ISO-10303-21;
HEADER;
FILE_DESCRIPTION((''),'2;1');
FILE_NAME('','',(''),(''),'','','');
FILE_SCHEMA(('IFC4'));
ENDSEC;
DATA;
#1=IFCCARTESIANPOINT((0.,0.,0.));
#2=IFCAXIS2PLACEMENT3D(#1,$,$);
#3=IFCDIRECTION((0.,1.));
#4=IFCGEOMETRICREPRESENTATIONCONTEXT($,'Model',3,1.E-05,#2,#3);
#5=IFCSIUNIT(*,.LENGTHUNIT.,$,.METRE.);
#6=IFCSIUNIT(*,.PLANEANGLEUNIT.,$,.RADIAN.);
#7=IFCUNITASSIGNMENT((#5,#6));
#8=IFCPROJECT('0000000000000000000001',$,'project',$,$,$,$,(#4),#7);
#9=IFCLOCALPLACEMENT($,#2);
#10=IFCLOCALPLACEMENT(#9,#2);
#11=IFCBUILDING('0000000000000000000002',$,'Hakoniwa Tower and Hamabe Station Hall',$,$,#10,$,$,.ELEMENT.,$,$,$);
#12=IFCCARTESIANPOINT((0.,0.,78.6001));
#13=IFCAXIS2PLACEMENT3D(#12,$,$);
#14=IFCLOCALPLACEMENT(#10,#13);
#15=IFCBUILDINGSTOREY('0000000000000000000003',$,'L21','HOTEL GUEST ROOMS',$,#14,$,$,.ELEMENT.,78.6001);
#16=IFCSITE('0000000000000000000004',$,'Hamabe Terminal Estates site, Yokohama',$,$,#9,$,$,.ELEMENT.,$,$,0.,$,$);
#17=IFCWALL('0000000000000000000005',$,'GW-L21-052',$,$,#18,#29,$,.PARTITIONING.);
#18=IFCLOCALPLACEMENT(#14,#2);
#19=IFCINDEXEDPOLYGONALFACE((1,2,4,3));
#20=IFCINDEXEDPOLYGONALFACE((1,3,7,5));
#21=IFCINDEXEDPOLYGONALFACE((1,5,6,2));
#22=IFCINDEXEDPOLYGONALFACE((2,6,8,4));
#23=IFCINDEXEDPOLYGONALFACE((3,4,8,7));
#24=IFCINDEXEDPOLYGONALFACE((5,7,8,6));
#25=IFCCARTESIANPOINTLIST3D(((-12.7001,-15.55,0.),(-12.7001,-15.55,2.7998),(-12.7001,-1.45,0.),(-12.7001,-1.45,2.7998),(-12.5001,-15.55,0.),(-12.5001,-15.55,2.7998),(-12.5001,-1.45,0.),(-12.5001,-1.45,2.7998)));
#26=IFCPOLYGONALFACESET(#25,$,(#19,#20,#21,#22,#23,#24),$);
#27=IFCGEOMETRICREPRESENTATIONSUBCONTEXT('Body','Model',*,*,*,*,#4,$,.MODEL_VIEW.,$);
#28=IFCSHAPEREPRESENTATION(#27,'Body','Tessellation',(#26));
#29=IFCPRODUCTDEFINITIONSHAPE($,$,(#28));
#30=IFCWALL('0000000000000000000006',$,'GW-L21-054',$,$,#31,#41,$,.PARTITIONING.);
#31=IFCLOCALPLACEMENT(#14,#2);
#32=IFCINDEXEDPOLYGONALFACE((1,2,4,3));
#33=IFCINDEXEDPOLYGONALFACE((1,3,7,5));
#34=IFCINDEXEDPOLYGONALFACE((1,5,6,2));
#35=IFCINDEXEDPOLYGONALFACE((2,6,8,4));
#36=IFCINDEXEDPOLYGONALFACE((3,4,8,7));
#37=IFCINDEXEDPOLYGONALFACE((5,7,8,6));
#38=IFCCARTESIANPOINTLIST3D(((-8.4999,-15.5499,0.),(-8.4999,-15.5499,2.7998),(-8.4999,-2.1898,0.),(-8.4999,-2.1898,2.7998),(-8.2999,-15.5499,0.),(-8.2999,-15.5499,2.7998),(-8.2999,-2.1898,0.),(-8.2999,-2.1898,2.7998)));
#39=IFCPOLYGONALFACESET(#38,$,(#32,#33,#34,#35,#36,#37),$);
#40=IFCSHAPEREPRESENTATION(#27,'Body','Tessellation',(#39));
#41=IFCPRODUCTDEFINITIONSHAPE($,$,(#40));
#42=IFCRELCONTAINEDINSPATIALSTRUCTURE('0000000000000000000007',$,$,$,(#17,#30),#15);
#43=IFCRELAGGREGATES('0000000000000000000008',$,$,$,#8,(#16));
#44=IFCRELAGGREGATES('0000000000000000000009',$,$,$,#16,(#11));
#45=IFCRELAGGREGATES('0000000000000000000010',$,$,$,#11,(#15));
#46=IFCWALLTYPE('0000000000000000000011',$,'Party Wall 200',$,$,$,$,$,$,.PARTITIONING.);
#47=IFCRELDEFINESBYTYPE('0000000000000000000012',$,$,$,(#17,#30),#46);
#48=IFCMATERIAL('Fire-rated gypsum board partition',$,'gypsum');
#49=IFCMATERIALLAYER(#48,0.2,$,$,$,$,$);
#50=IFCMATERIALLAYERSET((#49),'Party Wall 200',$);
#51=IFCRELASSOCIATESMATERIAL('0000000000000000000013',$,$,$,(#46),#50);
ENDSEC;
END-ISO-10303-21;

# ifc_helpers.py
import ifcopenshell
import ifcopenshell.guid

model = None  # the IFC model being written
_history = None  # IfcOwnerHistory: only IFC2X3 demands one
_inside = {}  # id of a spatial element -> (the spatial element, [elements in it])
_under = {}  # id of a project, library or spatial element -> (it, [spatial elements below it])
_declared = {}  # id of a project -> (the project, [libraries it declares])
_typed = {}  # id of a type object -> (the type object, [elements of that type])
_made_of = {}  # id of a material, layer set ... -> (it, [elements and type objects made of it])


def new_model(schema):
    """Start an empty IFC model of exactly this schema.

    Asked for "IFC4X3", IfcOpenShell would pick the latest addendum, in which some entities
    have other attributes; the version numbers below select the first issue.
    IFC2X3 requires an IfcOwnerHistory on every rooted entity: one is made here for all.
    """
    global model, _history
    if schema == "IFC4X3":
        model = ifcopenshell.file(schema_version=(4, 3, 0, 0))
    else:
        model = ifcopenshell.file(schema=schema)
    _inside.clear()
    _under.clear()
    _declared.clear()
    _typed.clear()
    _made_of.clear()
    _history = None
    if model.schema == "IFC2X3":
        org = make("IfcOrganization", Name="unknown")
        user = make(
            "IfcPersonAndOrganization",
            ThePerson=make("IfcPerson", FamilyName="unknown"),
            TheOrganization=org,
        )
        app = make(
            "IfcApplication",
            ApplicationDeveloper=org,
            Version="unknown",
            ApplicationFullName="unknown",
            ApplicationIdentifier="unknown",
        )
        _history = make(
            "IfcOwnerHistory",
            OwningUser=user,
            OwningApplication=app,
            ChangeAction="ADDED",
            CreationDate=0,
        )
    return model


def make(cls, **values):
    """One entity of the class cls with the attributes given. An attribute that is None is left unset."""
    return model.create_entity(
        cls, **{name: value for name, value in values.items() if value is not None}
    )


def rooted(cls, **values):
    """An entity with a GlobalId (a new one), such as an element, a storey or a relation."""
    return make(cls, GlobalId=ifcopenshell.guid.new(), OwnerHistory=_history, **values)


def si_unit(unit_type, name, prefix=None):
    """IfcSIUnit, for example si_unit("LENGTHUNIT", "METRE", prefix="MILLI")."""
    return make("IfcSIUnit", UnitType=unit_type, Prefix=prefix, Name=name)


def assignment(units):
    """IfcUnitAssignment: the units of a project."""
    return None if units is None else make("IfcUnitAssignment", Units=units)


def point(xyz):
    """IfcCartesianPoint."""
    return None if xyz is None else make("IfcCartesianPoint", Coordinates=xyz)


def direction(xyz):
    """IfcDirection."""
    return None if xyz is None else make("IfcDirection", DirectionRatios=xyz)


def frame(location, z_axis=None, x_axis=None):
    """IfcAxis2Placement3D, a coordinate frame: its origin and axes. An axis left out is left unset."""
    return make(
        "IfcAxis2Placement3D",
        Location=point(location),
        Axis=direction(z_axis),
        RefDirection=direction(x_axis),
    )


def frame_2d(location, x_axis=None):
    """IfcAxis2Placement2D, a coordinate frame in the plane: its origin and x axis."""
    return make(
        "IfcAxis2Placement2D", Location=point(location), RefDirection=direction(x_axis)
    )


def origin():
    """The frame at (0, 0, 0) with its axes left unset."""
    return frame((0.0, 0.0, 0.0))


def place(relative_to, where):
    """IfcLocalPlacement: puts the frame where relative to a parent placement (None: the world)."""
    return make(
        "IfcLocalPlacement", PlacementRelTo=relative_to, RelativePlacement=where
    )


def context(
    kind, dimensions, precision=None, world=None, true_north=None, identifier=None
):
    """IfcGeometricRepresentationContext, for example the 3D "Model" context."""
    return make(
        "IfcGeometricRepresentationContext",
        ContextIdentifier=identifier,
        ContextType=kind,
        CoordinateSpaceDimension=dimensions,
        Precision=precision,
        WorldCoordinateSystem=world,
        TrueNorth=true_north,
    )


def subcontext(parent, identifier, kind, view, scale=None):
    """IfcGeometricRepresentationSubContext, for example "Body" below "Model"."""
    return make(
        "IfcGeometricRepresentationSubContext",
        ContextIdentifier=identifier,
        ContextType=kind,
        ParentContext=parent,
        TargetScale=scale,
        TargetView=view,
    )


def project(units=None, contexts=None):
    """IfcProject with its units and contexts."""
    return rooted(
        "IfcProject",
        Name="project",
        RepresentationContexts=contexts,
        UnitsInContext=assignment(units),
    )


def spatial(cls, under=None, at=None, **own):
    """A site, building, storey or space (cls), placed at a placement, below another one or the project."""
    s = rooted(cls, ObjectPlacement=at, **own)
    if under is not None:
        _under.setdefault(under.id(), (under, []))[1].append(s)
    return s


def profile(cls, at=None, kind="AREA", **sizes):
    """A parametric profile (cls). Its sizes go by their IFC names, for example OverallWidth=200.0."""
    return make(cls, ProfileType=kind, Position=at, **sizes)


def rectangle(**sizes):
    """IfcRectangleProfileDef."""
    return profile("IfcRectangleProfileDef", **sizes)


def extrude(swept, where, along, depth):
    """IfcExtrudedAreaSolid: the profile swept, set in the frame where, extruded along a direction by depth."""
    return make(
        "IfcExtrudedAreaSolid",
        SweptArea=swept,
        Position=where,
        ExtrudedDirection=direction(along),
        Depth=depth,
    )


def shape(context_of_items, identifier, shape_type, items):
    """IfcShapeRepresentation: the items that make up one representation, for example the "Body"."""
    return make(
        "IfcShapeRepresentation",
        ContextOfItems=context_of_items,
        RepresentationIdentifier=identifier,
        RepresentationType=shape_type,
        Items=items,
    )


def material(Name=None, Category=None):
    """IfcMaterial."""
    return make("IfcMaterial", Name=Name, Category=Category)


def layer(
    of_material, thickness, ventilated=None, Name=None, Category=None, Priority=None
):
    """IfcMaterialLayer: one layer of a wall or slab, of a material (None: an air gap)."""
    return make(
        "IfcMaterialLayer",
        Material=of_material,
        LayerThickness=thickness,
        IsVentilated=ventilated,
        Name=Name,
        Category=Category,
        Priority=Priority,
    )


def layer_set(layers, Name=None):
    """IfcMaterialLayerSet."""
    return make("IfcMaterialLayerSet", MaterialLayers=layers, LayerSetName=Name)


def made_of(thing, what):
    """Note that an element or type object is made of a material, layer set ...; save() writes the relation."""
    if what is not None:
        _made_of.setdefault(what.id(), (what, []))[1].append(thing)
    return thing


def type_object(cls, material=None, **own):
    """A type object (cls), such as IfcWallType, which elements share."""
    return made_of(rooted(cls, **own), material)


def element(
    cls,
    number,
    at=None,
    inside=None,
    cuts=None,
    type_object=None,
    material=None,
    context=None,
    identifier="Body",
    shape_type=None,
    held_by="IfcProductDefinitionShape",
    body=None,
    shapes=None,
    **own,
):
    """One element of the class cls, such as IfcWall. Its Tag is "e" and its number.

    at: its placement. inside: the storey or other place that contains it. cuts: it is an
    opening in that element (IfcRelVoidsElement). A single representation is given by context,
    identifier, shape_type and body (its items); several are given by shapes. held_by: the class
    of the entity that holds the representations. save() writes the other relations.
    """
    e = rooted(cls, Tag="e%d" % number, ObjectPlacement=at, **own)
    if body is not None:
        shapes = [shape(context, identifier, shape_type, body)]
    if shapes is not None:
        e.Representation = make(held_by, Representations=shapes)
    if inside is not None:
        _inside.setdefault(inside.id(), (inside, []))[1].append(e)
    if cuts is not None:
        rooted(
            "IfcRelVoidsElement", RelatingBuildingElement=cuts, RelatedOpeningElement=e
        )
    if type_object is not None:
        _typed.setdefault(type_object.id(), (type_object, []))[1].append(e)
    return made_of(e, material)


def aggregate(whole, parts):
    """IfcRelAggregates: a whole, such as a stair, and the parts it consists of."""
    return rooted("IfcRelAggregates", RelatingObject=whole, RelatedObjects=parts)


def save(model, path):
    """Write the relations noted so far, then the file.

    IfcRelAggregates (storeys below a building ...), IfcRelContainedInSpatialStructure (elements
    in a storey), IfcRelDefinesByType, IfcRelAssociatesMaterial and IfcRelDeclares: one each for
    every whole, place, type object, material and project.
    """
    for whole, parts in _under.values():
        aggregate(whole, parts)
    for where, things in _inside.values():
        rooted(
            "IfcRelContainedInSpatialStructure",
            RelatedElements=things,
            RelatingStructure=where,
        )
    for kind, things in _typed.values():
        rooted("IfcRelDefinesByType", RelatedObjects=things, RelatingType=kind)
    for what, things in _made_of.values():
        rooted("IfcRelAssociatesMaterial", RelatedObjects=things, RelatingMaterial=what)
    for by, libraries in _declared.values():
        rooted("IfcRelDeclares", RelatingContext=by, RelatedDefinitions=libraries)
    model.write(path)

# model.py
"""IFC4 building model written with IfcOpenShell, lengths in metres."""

from ifc_helpers import new_model, si_unit, direction, frame, frame_2d, origin, place, context, subcontext, project, spatial, rectangle, extrude, material, layer, layer_set, type_object, element, save


model = new_model("IFC4")

# Units and contexts
model_context = context("Model", 3, precision=1e-05, world=origin(), true_north=direction((0.0, 1.0)))
body_context = subcontext(model_context, "Body", "Model", "MODEL_VIEW")
ifc_project = project(units=[si_unit("LENGTHUNIT", "METRE"), si_unit("PLANEANGLEUNIT", "RADIAN")], contexts=[model_context])

# Site, building, storey
site_placement = place(None, origin())
site = spatial("IfcSite", under=ifc_project, at=site_placement, Name="Hamabe Terminal Estates site, Yokohama", CompositionType="ELEMENT", RefElevation=0.0)
building_placement = place(site_placement, origin())
building = spatial("IfcBuilding", under=site, at=building_placement, Name="Hakoniwa Tower and Hamabe Station Hall", CompositionType="ELEMENT")
storey_placement = place(building_placement, frame((0.0, 0.0, 78.6001)))
storey = spatial("IfcBuildingStorey", under=building, at=storey_placement, Name="L21", Description="HOTEL GUEST ROOMS", CompositionType="ELEMENT", Elevation=78.6001)

# Walls
ifc_material_1 = material(Name="Fire-rated gypsum board partition", Category="gypsum")
ifc_layer_1 = layer(ifc_material_1, 0.2)
ifc_layer_set_1 = layer_set([ifc_layer_1], Name="Party Wall 200")
wall_type_1 = type_object("IfcWallType", Name="Party Wall 200", PredefinedType="PARTITIONING", material=ifc_layer_set_1)
wall_1_placement = place(storey_placement, frame((-12.6001, -15.55, 0.0), z_axis=(0.0, 0.0, 1.0), x_axis=(0.0, 1.0, 0.0)))
element("IfcWall", 1, at=wall_1_placement, inside=storey, type_object=wall_type_1, Name="GW-L21-052", PredefinedType="PARTITIONING", context=body_context, shape_type="SweptSolid", body=[
    extrude(rectangle(XDim=14.1001, YDim=0.2, at=frame_2d((7.05, 0.0))), origin(), (0.0, 0.0, 1.0), 2.7998),
])
wall_2_placement = place(storey_placement, frame((-8.3999, -15.55, 0.0), z_axis=(0.0, 0.0, 1.0), x_axis=(0.0, 1.0, 0.0)))
element("IfcWall", 2, at=wall_2_placement, inside=storey, type_object=wall_type_1, Name="GW-L21-054", PredefinedType="PARTITIONING", context=body_context, shape_type="SweptSolid", body=[
    extrude(rectangle(XDim=13.3601, YDim=0.2, at=frame_2d((6.6802, 0.0))), origin(), (0.0, 0.0, 1.0), 2.7998),
])

save(model, "model.ifc")
